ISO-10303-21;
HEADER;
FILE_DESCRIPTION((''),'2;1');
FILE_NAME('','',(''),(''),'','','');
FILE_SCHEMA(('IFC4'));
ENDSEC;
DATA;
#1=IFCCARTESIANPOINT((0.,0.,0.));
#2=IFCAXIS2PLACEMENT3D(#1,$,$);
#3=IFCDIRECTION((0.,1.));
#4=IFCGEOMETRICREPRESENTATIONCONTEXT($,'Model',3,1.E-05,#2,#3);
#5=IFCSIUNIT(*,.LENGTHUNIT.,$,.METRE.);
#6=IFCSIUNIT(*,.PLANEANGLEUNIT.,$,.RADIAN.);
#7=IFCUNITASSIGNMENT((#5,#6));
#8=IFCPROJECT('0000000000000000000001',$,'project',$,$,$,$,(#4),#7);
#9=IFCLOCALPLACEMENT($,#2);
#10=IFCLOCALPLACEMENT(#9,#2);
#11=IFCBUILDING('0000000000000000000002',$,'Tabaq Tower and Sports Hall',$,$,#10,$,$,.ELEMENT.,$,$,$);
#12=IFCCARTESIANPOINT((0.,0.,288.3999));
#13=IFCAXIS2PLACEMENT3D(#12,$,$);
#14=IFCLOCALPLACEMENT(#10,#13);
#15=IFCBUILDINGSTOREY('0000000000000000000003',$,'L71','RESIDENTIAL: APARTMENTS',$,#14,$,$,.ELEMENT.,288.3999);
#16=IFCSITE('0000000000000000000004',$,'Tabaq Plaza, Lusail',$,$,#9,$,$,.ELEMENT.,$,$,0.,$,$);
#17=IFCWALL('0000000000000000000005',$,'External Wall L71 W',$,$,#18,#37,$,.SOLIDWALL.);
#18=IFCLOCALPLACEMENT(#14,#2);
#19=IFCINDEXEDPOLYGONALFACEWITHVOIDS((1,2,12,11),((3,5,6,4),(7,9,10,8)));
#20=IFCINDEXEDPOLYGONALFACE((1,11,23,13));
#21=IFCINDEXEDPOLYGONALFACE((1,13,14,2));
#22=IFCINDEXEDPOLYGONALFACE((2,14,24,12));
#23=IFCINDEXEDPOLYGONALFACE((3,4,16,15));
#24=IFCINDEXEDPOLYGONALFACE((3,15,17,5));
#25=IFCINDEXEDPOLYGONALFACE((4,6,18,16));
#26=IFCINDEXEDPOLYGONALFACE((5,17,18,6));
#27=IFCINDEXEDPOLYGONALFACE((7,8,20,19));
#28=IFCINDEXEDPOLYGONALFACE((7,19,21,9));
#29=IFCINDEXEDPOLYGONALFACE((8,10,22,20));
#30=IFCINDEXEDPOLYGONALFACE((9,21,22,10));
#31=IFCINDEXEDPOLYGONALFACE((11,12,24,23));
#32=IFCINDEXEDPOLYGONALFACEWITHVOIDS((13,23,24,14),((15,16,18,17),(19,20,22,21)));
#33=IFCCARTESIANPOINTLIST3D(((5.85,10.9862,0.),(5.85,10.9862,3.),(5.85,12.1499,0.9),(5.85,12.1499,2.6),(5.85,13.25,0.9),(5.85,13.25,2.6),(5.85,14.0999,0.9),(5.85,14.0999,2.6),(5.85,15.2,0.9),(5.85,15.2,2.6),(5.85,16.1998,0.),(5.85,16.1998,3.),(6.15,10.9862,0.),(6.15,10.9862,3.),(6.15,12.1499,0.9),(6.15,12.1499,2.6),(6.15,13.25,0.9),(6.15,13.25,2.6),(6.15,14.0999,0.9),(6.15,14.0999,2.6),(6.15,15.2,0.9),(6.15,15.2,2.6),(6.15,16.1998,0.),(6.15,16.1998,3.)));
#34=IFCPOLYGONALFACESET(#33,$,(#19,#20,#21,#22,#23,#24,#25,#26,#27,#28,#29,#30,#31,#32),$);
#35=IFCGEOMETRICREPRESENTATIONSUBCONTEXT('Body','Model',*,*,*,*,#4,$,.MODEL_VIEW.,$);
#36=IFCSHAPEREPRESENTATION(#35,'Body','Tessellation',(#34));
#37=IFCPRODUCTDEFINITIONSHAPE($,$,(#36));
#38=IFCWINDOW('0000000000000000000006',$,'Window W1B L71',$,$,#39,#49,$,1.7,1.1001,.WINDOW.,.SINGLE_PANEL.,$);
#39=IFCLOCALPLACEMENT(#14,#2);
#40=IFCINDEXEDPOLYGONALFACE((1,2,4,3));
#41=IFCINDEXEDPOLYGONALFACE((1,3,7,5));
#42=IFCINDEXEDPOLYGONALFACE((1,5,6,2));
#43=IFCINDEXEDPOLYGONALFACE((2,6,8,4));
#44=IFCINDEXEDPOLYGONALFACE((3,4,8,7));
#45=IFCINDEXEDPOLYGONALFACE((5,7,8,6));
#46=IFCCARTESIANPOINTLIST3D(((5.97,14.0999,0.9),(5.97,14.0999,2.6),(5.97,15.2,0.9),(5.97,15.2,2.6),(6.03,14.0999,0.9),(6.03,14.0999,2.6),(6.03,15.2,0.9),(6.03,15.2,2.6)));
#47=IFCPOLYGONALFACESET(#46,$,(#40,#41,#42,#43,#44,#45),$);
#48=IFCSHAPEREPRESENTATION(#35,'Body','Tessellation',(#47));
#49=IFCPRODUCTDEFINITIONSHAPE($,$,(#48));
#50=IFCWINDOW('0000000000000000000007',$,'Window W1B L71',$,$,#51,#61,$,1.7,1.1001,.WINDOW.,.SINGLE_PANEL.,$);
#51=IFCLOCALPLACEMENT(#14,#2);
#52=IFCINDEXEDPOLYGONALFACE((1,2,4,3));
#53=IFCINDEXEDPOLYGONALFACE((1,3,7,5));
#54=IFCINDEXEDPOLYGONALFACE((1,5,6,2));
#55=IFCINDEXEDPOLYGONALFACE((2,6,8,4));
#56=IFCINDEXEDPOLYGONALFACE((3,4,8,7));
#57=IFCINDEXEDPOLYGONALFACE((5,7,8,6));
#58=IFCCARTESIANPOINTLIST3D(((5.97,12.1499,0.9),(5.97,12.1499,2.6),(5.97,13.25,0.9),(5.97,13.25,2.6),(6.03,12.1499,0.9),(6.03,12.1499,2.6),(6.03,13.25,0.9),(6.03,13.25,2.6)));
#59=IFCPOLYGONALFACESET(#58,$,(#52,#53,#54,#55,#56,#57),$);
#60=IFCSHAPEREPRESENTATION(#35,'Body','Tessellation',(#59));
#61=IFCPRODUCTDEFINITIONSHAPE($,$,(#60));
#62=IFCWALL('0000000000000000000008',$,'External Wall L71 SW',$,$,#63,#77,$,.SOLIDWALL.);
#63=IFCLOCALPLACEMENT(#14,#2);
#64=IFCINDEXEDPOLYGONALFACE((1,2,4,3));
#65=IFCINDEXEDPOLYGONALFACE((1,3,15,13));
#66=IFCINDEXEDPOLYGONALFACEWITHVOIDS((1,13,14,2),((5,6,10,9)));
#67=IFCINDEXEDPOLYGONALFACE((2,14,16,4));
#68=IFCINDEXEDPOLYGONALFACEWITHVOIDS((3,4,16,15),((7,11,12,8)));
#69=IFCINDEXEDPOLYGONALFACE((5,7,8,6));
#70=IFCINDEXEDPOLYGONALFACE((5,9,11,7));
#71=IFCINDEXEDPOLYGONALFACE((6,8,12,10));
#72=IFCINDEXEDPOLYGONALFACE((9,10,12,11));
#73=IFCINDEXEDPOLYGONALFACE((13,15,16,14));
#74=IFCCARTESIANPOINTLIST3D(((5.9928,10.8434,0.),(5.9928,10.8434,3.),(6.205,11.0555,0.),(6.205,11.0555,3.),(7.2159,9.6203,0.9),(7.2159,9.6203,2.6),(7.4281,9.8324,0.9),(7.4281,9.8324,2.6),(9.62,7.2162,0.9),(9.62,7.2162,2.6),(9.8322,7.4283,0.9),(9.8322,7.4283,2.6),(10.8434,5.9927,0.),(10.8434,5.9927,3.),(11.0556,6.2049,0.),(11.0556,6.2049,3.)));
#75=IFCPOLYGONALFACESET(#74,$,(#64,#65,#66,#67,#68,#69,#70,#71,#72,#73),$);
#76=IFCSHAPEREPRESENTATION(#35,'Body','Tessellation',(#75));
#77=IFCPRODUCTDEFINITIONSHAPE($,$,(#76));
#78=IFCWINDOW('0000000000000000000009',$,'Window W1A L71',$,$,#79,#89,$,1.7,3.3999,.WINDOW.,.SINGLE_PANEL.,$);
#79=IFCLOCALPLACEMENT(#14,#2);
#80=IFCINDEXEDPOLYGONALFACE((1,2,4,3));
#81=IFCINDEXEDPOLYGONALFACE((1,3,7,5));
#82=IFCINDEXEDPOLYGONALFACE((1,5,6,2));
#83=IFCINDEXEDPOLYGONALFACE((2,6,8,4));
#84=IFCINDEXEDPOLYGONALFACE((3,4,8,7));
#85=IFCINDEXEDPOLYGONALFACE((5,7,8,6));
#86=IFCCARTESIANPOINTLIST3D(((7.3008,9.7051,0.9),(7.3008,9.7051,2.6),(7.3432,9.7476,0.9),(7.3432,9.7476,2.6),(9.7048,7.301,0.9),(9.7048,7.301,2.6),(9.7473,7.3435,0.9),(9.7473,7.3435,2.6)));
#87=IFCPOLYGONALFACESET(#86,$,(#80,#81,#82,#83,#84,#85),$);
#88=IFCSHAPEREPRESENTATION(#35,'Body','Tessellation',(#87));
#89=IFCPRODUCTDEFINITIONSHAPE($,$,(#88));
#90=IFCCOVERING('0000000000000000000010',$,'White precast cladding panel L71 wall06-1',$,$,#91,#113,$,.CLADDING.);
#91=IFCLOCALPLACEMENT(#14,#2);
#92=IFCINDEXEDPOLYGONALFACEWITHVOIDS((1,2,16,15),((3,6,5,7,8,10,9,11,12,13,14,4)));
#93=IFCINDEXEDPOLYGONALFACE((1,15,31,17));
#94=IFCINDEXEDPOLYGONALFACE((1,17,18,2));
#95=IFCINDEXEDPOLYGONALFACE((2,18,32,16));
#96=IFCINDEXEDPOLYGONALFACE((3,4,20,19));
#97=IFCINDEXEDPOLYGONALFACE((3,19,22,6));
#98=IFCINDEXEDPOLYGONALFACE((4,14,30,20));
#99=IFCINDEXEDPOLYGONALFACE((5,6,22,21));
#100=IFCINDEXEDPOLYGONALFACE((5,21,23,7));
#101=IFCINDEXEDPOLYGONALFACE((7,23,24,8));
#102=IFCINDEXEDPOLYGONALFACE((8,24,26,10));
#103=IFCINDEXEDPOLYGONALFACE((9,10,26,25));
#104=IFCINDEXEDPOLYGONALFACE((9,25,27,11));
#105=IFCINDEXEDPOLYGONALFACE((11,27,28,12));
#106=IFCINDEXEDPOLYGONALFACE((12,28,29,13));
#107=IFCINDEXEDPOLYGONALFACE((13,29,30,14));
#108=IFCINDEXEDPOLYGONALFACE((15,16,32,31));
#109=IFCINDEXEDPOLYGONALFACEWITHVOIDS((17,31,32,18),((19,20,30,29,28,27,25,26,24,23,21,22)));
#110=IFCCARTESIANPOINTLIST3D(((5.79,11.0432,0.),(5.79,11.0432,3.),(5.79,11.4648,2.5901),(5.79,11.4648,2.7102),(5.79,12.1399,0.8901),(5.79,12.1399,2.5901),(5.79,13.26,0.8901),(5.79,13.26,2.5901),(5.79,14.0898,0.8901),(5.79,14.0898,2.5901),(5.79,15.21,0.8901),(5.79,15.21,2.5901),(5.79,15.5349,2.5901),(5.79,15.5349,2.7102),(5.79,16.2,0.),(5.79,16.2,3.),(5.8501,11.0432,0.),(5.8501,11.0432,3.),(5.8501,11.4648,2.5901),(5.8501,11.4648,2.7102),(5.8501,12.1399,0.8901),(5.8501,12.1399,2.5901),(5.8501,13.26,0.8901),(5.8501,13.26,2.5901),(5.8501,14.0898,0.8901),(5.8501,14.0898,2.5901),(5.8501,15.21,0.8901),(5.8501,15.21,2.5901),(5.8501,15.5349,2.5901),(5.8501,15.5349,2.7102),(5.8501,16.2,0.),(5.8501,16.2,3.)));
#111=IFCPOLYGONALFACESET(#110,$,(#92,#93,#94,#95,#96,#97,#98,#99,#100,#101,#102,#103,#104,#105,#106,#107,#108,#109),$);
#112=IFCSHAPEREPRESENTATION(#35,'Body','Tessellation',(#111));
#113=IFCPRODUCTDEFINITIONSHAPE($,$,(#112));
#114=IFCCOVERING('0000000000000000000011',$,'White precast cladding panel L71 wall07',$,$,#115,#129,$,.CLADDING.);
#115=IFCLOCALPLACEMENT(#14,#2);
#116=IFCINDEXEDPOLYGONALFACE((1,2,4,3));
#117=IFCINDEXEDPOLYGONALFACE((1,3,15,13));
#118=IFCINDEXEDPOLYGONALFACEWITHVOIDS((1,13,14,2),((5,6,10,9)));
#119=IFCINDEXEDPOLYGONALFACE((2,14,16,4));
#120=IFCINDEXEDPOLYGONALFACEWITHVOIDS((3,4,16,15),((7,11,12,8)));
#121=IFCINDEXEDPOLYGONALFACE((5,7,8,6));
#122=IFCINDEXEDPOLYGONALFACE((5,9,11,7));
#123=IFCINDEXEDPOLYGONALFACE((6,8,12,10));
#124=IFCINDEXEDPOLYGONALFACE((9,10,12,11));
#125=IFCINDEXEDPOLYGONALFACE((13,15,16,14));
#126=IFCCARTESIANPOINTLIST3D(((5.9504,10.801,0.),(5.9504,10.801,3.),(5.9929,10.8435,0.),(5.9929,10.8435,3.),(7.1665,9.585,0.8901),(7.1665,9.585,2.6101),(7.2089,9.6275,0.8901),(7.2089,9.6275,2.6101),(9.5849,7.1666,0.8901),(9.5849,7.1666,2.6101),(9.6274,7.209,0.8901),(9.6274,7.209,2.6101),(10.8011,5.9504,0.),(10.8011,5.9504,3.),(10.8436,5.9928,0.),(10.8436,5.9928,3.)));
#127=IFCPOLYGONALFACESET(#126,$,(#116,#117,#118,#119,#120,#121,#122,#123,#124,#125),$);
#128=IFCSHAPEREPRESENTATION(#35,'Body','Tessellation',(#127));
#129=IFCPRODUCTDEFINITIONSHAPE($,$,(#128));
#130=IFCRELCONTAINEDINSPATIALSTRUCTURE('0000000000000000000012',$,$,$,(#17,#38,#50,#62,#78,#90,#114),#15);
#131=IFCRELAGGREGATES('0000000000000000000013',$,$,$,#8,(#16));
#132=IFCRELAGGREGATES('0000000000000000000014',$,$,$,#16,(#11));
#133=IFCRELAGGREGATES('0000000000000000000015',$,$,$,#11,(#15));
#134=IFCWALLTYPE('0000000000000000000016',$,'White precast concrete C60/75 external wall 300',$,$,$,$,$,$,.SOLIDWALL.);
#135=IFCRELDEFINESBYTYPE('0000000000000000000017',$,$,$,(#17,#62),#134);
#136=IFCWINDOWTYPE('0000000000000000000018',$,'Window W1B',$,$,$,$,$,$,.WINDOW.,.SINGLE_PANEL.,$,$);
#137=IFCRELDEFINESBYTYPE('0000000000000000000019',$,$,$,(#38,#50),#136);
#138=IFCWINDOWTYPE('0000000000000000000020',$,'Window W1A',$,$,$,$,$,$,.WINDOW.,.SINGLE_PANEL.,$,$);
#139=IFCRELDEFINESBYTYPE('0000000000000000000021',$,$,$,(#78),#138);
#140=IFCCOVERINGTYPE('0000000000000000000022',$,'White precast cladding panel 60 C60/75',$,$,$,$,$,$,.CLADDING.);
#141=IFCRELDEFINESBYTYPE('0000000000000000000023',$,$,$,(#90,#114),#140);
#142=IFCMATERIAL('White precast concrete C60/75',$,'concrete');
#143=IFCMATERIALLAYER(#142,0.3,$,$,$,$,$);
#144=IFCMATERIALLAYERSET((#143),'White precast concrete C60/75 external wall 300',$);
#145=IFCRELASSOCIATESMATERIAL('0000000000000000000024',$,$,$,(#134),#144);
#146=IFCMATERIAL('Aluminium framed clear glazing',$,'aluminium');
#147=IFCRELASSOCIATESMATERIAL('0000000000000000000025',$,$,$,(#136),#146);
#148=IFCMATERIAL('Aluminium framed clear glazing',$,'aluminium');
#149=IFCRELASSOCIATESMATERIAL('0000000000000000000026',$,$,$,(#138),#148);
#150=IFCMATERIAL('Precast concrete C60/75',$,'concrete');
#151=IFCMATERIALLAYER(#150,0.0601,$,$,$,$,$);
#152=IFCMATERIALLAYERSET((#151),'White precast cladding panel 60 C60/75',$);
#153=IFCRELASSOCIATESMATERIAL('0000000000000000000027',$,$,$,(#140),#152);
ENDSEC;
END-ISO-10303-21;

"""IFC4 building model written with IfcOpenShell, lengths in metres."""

from ifc_helpers import new_model, si_unit, direction, frame, frame_2d, origin, place, context, subcontext, project, spatial, polyline, rectangle, outline, extrude, material, layer, layer_set, type_object, element, fill, save


model = new_model("IFC4")

# Units and contexts
model_context = context("Model", 3, precision=1e-05, world=origin(), true_north=direction((0.0, 1.0)))
body_context = subcontext(model_context, "Body", "Model", "MODEL_VIEW")
ifc_project = project(units=[si_unit("LENGTHUNIT", "METRE"), si_unit("PLANEANGLEUNIT", "RADIAN")], contexts=[model_context])

# Site, building, storey
site_placement = place(None, origin())
site = spatial("IfcSite", under=ifc_project, at=site_placement, Name="Tabaq Plaza, Lusail", CompositionType="ELEMENT", RefElevation=0.0)
building_placement = place(site_placement, origin())
building = spatial("IfcBuilding", under=site, at=building_placement, Name="Tabaq Tower and Sports Hall", CompositionType="ELEMENT")
storey_placement = place(building_placement, frame((0.0, 0.0, 288.3999)))
storey = spatial("IfcBuildingStorey", under=building, at=storey_placement, Name="L71", Description="RESIDENTIAL: APARTMENTS", CompositionType="ELEMENT", Elevation=288.3999)

# Wall, openings, windows
ifc_material_1 = material(Name="White precast concrete C60/75", Category="concrete")
ifc_layer_1 = layer(ifc_material_1, 0.3)
ifc_layer_set_1 = layer_set([ifc_layer_1], Name="White precast concrete C60/75 external wall 300")
wall_type_1 = type_object("IfcWallType", Name="White precast concrete C60/75 external wall 300", PredefinedType="SOLIDWALL", material=ifc_layer_set_1)
wall_1_placement = place(storey_placement, frame((6.0, 16.2, 0.0), z_axis=(0.0, 0.0, 1.0), x_axis=(0.0, -1.0, 0.0)))
wall_1 = element("IfcWall", 1, at=wall_1_placement, inside=storey, type_object=wall_type_1, Name="External Wall L71 W", PredefinedType="SOLIDWALL", context=body_context, shape_type="SweptSolid", body=[
    extrude(rectangle(XDim=5.2136, YDim=0.3, at=frame_2d((2.6069, 0.0))), origin(), (0.0, 0.0, 1.0), 3.0),
])
opening_1_placement = place(wall_1_placement, frame((1.0, 0.0, 0.8999)))
opening_1 = element("IfcOpeningElement", 2, at=opening_1_placement, cuts=wall_1, PredefinedType="OPENING", context=body_context, shape_type="SweptSolid", body=[
    extrude(rectangle(XDim=1.1001, YDim=1.7, at=frame_2d((0.55, 0.8501))), frame((0.0, 0.1602, 0.0), z_axis=(0.0, -1.0, 0.0), x_axis=(1.0, 0.0, 0.0)), (0.0, 0.0, 1.0), 0.3201),
])
opening_2_placement = place(wall_1_placement, frame((2.95, 0.0, 0.8999)))
opening_2 = element("IfcOpeningElement", 3, at=opening_2_placement, cuts=wall_1, PredefinedType="OPENING", context=body_context, shape_type="SweptSolid", body=[
    extrude(rectangle(XDim=1.1001, YDim=1.7, at=frame_2d((0.55, 0.8501))), frame((0.0, 0.1602, 0.0), z_axis=(0.0, -1.0, 0.0), x_axis=(1.0, 0.0, 0.0)), (0.0, 0.0, 1.0), 0.3201),
])
ifc_material_2 = material(Name="Aluminium framed clear glazing", Category="aluminium")
window_type_1 = type_object("IfcWindowType", Name="Window W1B", PartitioningType="SINGLE_PANEL", PredefinedType="WINDOW", material=ifc_material_2)
window_1_placement = place(opening_1_placement, origin())
window_1 = element("IfcWindow", 4, at=window_1_placement, inside=storey, type_object=window_type_1, Name="Window W1B L71", OverallHeight=1.7, OverallWidth=1.1001, PartitioningType="SINGLE_PANEL", PredefinedType="WINDOW", context=body_context, shape_type="SweptSolid", body=[
    extrude(rectangle(XDim=1.1001, YDim=1.7, at=frame_2d((0.55, 0.8501))), frame((0.0, 0.03, 0.0), z_axis=(0.0, -1.0, 0.0), x_axis=(1.0, 0.0, 0.0)), (0.0, 0.0, 1.0), 0.0601),
])
fill(opening_1, window_1)
window_2_placement = place(opening_2_placement, origin())
window_2 = element("IfcWindow", 5, at=window_2_placement, inside=storey, type_object=window_type_1, Name="Window W1B L71", OverallHeight=1.7, OverallWidth=1.1001, PartitioningType="SINGLE_PANEL", PredefinedType="WINDOW", context=body_context, shape_type="SweptSolid", body=[
    extrude(rectangle(XDim=1.1001, YDim=1.7, at=frame_2d((0.55, 0.8501))), frame((0.0, 0.03, 0.0), z_axis=(0.0, -1.0, 0.0), x_axis=(1.0, 0.0, 0.0)), (0.0, 0.0, 1.0), 0.0601),
])
fill(opening_2, window_2)

# Wall, opening, window
wall_2_placement = place(storey_placement, frame((6.0989, 10.9495, 0.0), z_axis=(0.0, 0.0, 1.0), x_axis=(0.707107, -0.707107, 0.0)))
wall_2 = element("IfcWall", 6, at=wall_2_placement, inside=storey, type_object=wall_type_1, Name="External Wall L71 SW", PredefinedType="SOLIDWALL", context=body_context, shape_type="SweptSolid", body=[
    extrude(rectangle(XDim=6.8599, YDim=0.3, at=frame_2d((3.4299, 0.0))), origin(), (0.0, 0.0, 1.0), 3.0),
])
opening_3_placement = place(wall_2_placement, frame((1.7297, 0.0, 0.8999)))
opening_3 = element("IfcOpeningElement", 7, at=opening_3_placement, cuts=wall_2, PredefinedType="OPENING", context=body_context, shape_type="SweptSolid", body=[
    extrude(rectangle(XDim=3.3999, YDim=1.7, at=frame_2d((1.7, 0.8501))), frame((0.0, 0.1602, 0.0), z_axis=(0.0, -1.0, 0.0), x_axis=(1.0, 0.0, 0.0)), (0.0, 0.0, 1.0), 0.3201),
])
ifc_material_3 = material(Name="Aluminium framed clear glazing", Category="aluminium")
window_type_2 = type_object("IfcWindowType", Name="Window W1A", PartitioningType="SINGLE_PANEL", PredefinedType="WINDOW", material=ifc_material_3)
window_3_placement = place(opening_3_placement, origin())
window_3 = element("IfcWindow", 8, at=window_3_placement, inside=storey, type_object=window_type_2, Name="Window W1A L71", OverallHeight=1.7, OverallWidth=3.3999, PartitioningType="SINGLE_PANEL", PredefinedType="WINDOW", context=body_context, shape_type="SweptSolid", body=[
    extrude(rectangle(XDim=3.3999, YDim=1.7, at=frame_2d((1.7, 0.8501))), frame((0.0, 0.03, 0.0), z_axis=(0.0, -1.0, 0.0), x_axis=(1.0, 0.0, 0.0)), (0.0, 0.0, 1.0), 0.0601),
])
fill(opening_3, window_3)

# Coverings
ifc_material_4 = material(Name="Precast concrete C60/75", Category="concrete")
ifc_layer_2 = layer(ifc_material_4, 0.0601)
ifc_layer_set_2 = layer_set([ifc_layer_2], Name="White precast cladding panel 60 C60/75")
covering_type = type_object("IfcCoveringType", Name="White precast cladding panel 60 C60/75", PredefinedType="CLADDING", material=ifc_layer_set_2)
covering_1_placement = place(storey_placement, frame((5.8201, 16.2, 0.0), z_axis=(0.0, 0.0, 1.0), x_axis=(0.0, -1.0, 0.0)))
element("IfcCovering", 9, at=covering_1_placement, inside=storey, type_object=covering_type, Name="White precast cladding panel L71 wall06-1", PredefinedType="CLADDING", context=body_context, shape_type="SweptSolid", body=[
    extrude(outline(polyline([(0.0, 0.0), (5.1567, 0.0), (5.1567, 3.0), (0.0, 3.0), (0.0, 0.0)]), holes=[polyline([(0.99, 2.5901), (0.665, 2.5901), (0.665, 2.7102), (4.7351, 2.7102), (4.7351, 2.5901), (4.0601, 2.5901), (4.0601, 0.8901), (2.9399, 0.8901), (2.9399, 2.5901), (2.1101, 2.5901), (2.1101, 0.8901), (0.99, 0.8901), (0.99, 2.5901)])]), frame((0.0, 0.03, 0.0), z_axis=(0.0, -1.0, 0.0), x_axis=(1.0, 0.0, 0.0)), (0.0, 0.0, 1.0), 0.0601),
])
covering_2_placement = place(storey_placement, frame((5.9717, 10.8223, 0.0), z_axis=(0.0, 0.0, 1.0), x_axis=(0.707107, -0.707107, 0.0)))
element("IfcCovering", 10, at=covering_2_placement, inside=storey, type_object=covering_type, Name="White precast cladding panel L71 wall07", PredefinedType="CLADDING", context=body_context, shape_type="SweptSolid", body=[
    extrude(outline(polyline([(0.0, 0.0), (6.8599, 0.0), (6.8599, 3.0), (0.0, 3.0), (0.0, 0.0)]), holes=[polyline([(1.7197, 0.8901), (1.7197, 2.6101), (5.1399, 2.6101), (5.1399, 0.8901), (1.7197, 0.8901)])]), frame((0.0, 0.03, 0.0), z_axis=(0.0, -1.0, 0.0), x_axis=(1.0, 0.0, 0.0)), (0.0, 0.0, 1.0), 0.0601),
])

save(model, "model.ifc")
